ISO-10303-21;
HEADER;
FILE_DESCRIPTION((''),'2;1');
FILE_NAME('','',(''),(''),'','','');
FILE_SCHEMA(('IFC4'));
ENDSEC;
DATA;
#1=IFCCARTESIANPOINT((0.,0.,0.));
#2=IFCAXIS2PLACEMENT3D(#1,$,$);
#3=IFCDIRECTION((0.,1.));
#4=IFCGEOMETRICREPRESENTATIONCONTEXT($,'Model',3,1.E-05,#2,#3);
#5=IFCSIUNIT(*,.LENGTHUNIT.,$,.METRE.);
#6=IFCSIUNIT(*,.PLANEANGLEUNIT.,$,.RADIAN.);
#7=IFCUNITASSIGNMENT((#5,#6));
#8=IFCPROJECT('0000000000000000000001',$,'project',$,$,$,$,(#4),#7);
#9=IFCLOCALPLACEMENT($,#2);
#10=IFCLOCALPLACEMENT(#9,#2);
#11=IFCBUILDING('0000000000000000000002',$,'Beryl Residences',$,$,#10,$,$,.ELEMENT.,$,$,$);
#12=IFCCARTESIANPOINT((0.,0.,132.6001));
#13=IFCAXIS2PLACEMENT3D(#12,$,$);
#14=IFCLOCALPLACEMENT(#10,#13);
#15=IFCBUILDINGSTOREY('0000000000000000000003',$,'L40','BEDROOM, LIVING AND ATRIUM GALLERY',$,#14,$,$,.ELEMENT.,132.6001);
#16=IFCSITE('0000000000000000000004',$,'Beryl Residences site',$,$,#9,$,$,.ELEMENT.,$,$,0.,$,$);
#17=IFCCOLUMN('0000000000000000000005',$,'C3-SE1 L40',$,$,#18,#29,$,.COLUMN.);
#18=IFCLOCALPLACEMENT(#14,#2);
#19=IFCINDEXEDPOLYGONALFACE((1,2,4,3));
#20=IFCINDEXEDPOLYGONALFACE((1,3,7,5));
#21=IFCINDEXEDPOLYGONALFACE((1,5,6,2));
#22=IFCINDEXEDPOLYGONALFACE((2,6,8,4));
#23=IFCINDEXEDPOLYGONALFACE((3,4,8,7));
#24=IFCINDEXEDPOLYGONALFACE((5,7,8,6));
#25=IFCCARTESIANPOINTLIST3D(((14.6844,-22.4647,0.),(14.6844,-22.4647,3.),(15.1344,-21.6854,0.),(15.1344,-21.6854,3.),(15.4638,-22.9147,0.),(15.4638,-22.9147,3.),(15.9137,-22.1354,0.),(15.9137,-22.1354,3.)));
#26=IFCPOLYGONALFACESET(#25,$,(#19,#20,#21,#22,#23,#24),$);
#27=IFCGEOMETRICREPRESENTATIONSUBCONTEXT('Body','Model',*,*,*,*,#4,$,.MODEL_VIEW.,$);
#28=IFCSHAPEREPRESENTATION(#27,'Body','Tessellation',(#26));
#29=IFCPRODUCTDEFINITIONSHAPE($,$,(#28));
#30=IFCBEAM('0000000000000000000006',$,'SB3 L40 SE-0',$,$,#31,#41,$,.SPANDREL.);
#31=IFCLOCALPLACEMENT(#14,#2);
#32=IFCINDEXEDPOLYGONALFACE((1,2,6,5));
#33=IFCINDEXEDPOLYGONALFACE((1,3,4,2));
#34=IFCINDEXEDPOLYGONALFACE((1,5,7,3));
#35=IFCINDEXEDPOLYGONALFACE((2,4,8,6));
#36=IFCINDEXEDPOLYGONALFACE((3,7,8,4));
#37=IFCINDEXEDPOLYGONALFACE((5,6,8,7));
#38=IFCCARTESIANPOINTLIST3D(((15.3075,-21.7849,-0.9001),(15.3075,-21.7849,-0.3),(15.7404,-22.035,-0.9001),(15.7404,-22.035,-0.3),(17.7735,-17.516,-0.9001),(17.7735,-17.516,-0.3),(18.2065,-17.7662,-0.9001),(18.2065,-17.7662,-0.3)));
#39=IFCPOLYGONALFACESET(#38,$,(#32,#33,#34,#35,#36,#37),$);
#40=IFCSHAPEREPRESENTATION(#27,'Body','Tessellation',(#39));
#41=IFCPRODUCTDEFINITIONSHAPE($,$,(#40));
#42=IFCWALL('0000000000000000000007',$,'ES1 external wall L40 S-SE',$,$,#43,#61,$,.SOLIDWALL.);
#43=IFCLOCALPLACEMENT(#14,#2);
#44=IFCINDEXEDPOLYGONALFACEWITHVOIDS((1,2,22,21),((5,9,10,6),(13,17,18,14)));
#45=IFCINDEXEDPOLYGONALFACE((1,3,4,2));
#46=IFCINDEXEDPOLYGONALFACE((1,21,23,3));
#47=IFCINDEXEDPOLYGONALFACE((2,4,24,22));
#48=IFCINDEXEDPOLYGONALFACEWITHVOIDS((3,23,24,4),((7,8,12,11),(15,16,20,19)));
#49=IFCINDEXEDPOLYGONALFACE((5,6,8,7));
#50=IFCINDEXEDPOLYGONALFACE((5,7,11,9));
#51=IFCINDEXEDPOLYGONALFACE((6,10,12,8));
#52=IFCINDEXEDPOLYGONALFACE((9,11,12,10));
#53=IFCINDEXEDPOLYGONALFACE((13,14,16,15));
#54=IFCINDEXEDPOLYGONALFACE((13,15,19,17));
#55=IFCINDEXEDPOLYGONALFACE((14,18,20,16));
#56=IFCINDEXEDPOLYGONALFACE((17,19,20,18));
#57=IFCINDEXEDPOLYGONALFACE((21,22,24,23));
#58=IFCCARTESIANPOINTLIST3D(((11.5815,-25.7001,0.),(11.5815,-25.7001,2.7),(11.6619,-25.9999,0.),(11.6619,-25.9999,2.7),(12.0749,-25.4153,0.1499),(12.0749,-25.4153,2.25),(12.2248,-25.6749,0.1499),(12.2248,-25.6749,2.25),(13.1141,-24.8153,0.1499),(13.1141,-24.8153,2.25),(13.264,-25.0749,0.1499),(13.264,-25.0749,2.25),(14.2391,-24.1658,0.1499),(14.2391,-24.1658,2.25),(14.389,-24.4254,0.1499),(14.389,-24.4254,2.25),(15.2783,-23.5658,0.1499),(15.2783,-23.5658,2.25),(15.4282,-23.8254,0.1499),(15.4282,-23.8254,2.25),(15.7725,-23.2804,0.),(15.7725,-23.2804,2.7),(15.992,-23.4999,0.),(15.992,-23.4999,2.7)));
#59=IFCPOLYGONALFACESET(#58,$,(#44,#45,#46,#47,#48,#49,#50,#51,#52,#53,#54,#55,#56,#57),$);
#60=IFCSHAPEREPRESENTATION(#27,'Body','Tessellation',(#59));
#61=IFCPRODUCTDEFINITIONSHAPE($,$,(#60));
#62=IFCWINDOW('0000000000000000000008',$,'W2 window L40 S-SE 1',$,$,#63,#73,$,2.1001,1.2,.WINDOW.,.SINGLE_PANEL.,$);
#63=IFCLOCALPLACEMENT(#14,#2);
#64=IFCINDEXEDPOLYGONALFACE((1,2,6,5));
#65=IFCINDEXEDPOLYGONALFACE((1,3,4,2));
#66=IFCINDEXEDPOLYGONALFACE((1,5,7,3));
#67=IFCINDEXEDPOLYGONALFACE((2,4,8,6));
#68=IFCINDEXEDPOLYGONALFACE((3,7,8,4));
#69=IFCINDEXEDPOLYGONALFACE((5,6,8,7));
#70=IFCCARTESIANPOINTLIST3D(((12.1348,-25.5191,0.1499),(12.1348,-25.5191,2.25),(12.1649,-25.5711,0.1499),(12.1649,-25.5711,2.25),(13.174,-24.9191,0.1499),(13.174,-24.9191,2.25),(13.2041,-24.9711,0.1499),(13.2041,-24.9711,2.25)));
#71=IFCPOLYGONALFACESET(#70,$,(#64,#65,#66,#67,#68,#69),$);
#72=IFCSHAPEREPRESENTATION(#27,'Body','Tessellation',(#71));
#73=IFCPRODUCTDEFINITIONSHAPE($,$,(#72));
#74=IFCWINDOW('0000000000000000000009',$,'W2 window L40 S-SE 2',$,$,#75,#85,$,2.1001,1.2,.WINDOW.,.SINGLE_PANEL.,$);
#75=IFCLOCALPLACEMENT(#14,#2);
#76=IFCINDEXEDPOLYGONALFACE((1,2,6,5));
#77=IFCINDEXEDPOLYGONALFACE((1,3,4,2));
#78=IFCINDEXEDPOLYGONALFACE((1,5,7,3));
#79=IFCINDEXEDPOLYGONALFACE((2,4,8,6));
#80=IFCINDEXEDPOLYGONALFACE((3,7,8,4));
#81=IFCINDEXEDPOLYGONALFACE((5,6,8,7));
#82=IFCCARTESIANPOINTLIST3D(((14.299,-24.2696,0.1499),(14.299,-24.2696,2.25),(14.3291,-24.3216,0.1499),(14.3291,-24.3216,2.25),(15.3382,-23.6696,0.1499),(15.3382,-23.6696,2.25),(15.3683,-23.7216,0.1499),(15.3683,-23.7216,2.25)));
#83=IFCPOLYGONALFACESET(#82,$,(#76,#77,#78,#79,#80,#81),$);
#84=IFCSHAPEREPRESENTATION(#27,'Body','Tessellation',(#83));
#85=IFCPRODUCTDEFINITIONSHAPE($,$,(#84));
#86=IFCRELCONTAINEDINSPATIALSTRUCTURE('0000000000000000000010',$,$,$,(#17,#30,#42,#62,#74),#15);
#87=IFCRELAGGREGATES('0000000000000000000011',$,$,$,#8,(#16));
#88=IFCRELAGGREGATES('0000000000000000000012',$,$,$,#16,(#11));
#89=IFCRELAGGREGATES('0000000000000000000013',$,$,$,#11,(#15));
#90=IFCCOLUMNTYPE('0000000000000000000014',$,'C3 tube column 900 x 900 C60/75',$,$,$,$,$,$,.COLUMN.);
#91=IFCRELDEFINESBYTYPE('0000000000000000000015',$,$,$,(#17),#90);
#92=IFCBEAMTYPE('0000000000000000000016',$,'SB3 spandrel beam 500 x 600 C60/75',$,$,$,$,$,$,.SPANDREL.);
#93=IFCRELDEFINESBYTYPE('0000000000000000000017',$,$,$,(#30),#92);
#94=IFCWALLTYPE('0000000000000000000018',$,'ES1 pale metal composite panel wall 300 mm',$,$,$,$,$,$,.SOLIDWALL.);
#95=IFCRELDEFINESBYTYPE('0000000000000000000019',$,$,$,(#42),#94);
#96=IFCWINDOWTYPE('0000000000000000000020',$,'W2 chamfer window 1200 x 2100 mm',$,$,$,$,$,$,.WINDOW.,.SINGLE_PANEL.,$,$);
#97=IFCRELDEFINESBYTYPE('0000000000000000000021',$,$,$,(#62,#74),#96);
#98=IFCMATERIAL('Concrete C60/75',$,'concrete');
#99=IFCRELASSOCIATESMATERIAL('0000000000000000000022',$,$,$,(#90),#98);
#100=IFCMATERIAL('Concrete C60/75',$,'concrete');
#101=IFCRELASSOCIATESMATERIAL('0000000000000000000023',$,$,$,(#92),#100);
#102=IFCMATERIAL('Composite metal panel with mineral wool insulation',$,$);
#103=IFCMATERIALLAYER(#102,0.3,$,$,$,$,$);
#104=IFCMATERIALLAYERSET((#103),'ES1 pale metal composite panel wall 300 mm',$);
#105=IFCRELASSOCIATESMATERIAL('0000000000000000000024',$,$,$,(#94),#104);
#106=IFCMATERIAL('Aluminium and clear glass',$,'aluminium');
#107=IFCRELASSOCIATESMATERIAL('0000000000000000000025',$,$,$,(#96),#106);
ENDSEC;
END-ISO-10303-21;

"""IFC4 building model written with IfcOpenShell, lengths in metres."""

from ifc_helpers import new_model, si_unit, direction, frame, frame_2d, origin, origin_2d, place, context, subcontext, project, spatial, polyline, rectangle, outline, extrude, material, layer, layer_set, material_profile, profile_set, type_object, element, fill, save


model = new_model("IFC4")

# Units and contexts
model_context = context("Model", 3, precision=1e-05, world=origin(), true_north=direction((0.0, 1.0)))
body_context = subcontext(model_context, "Body", "Model", "MODEL_VIEW")
ifc_project = project(units=[si_unit("LENGTHUNIT", "METRE"), si_unit("PLANEANGLEUNIT", "RADIAN")], contexts=[model_context])

# Site, building, storey
site_placement = place(None, origin())
site = spatial("IfcSite", under=ifc_project, at=site_placement, Name="Beryl Residences site", CompositionType="ELEMENT", RefElevation=0.0)
building_placement = place(site_placement, origin())
building = spatial("IfcBuilding", under=site, at=building_placement, Name="Beryl Residences", CompositionType="ELEMENT")
storey_placement = place(building_placement, frame((0.0, 0.0, 132.6001)))
storey = spatial("IfcBuildingStorey", under=building, at=storey_placement, Name="L40", Description="BEDROOM, LIVING AND ATRIUM GALLERY", CompositionType="ELEMENT", Elevation=132.6001)

# Column
ifc_material_1 = material(Name="Concrete C60/75", Category="concrete")
ifc_material_profile_1 = material_profile(ifc_material_1, rectangle(XDim=0.8999, YDim=0.8999, at=origin_2d()))
ifc_profile_set_1 = profile_set([ifc_material_profile_1], Name="Concrete C60/75")
column_type = type_object("IfcColumnType", Name="C3 tube column 900 x 900 C60/75", PredefinedType="COLUMN", material=ifc_profile_set_1)
column_placement = place(storey_placement, frame((15.2991, -22.3, 0.0), z_axis=(0.0, 0.0, 1.0), x_axis=(0.5, 0.866025, 0.0)))
element("IfcColumn", 1, at=column_placement, inside=storey, type_object=column_type, Name="C3-SE1 L40", PredefinedType="COLUMN", context=body_context, shape_type="SweptSolid", body=[
    extrude(rectangle(XDim=0.8999, YDim=0.8999, at=origin_2d()), origin(), (0.0, 0.0, 1.0), 3.0),
])

# Beam
ifc_material_2 = material(Name="Concrete C60/75", Category="concrete")
ifc_material_profile_2 = material_profile(ifc_material_2, rectangle(XDim=0.5, YDim=0.6001, at=origin_2d()))
ifc_profile_set_2 = profile_set([ifc_material_profile_2], Name="Concrete C60/75")
beam_type = type_object("IfcBeamType", Name="SB3 spandrel beam 500 x 600 C60/75", PredefinedType="SPANDREL", material=ifc_profile_set_2)
beam_placement = place(storey_placement, frame((15.5239, -21.9099, -0.6001), z_axis=(0.500224, 0.865896, 0.0), x_axis=(-0.865896, 0.500224, 0.0)))
element("IfcBeam", 2, at=beam_placement, inside=storey, type_object=beam_type, Name="SB3 L40 SE-0", PredefinedType="SPANDREL", context=body_context, shape_type="SweptSolid", body=[
    extrude(rectangle(XDim=0.5, YDim=0.6001, at=origin_2d()), origin(), (0.0, 0.0, 1.0), 4.9299),
])

# Wall, openings, windows
ifc_material_3 = material(Name="Composite metal panel with mineral wool insulation")
ifc_layer_1 = layer(ifc_material_3, 0.3)
ifc_layer_set_1 = layer_set([ifc_layer_1], Name="ES1 pale metal composite panel wall 300 mm")
wall_type_1 = type_object("IfcWallType", Name="ES1 pale metal composite panel wall 300 mm", PredefinedType="SOLIDWALL", material=ifc_layer_set_1)
wall_1_placement = place(storey_placement, frame((11.5869, -25.8701, 0.0), z_axis=(0.0, 0.0, 1.0), x_axis=(0.866023, 0.500004, 0.0)))
wall_1 = element("IfcWall", 3, at=wall_1_placement, inside=storey, type_object=wall_type_1, Name="ES1 external wall L40 S-SE", PredefinedType="SOLIDWALL", context=body_context, shape_type="SweptSolid", body=[
    extrude(outline(polyline([(0.0, -0.1499), (5.0, -0.1499), (4.9197, 0.1499), (0.0803, 0.1499), (0.0, -0.1499)])), origin(), (0.0, 0.0, 1.0), 2.7),
])
opening_1_placement = place(wall_1_placement, frame((0.6499, 0.0, 0.1499)))
opening_1 = element("IfcOpeningElement", 4, at=opening_1_placement, cuts=wall_1, PredefinedType="OPENING", context=body_context, shape_type="SweptSolid", body=[
    extrude(rectangle(XDim=1.2, YDim=2.1001, at=frame_2d((0.6001, 1.05))), frame((0.0, 0.1599, 0.0), z_axis=(0.0, -1.0, 0.0), x_axis=(1.0, 0.0, 0.0)), (0.0, 0.0, 1.0), 0.3201),
])
opening_2_placement = place(wall_1_placement, frame((3.1489, 0.0, 0.1499)))
opening_2 = element("IfcOpeningElement", 5, at=opening_2_placement, cuts=wall_1, PredefinedType="OPENING", context=body_context, shape_type="SweptSolid", body=[
    extrude(rectangle(XDim=1.2, YDim=2.1001, at=frame_2d((0.6001, 1.05))), frame((0.0, 0.1599, 0.0), z_axis=(0.0, -1.0, 0.0), x_axis=(1.0, 0.0, 0.0)), (0.0, 0.0, 1.0), 0.3201),
])
ifc_material_4 = material(Name="Aluminium and clear glass", Category="aluminium")
window_type_1 = type_object("IfcWindowType", Name="W2 chamfer window 1200 x 2100 mm", PartitioningType="SINGLE_PANEL", PredefinedType="WINDOW", material=ifc_material_4)
window_1_placement = place(opening_1_placement, origin())
window_1 = element("IfcWindow", 6, at=window_1_placement, inside=storey, type_object=window_type_1, Name="W2 window L40 S-SE 1", OverallHeight=2.1001, OverallWidth=1.2, PartitioningType="SINGLE_PANEL", PredefinedType="WINDOW", context=body_context, shape_type="SweptSolid", body=[
    extrude(rectangle(XDim=1.2, YDim=2.1001, at=frame_2d((0.6001, 1.05))), frame((0.0, 0.03, 0.0), z_axis=(0.0, -1.0, 0.0), x_axis=(1.0, 0.0, 0.0)), (0.0, 0.0, 1.0), 0.0601),
])
fill(opening_1, window_1)
window_2_placement = place(opening_2_placement, origin())
window_2 = element("IfcWindow", 7, at=window_2_placement, inside=storey, type_object=window_type_1, Name="W2 window L40 S-SE 2", OverallHeight=2.1001, OverallWidth=1.2, PartitioningType="SINGLE_PANEL", PredefinedType="WINDOW", context=body_context, shape_type="SweptSolid", body=[
    extrude(rectangle(XDim=1.2, YDim=2.1001, at=frame_2d((0.6001, 1.05))), frame((0.0, 0.03, 0.0), z_axis=(0.0, -1.0, 0.0), x_axis=(1.0, 0.0, 0.0)), (0.0, 0.0, 1.0), 0.0601),
])
fill(opening_2, window_2)

save(model, "model.ifc")
